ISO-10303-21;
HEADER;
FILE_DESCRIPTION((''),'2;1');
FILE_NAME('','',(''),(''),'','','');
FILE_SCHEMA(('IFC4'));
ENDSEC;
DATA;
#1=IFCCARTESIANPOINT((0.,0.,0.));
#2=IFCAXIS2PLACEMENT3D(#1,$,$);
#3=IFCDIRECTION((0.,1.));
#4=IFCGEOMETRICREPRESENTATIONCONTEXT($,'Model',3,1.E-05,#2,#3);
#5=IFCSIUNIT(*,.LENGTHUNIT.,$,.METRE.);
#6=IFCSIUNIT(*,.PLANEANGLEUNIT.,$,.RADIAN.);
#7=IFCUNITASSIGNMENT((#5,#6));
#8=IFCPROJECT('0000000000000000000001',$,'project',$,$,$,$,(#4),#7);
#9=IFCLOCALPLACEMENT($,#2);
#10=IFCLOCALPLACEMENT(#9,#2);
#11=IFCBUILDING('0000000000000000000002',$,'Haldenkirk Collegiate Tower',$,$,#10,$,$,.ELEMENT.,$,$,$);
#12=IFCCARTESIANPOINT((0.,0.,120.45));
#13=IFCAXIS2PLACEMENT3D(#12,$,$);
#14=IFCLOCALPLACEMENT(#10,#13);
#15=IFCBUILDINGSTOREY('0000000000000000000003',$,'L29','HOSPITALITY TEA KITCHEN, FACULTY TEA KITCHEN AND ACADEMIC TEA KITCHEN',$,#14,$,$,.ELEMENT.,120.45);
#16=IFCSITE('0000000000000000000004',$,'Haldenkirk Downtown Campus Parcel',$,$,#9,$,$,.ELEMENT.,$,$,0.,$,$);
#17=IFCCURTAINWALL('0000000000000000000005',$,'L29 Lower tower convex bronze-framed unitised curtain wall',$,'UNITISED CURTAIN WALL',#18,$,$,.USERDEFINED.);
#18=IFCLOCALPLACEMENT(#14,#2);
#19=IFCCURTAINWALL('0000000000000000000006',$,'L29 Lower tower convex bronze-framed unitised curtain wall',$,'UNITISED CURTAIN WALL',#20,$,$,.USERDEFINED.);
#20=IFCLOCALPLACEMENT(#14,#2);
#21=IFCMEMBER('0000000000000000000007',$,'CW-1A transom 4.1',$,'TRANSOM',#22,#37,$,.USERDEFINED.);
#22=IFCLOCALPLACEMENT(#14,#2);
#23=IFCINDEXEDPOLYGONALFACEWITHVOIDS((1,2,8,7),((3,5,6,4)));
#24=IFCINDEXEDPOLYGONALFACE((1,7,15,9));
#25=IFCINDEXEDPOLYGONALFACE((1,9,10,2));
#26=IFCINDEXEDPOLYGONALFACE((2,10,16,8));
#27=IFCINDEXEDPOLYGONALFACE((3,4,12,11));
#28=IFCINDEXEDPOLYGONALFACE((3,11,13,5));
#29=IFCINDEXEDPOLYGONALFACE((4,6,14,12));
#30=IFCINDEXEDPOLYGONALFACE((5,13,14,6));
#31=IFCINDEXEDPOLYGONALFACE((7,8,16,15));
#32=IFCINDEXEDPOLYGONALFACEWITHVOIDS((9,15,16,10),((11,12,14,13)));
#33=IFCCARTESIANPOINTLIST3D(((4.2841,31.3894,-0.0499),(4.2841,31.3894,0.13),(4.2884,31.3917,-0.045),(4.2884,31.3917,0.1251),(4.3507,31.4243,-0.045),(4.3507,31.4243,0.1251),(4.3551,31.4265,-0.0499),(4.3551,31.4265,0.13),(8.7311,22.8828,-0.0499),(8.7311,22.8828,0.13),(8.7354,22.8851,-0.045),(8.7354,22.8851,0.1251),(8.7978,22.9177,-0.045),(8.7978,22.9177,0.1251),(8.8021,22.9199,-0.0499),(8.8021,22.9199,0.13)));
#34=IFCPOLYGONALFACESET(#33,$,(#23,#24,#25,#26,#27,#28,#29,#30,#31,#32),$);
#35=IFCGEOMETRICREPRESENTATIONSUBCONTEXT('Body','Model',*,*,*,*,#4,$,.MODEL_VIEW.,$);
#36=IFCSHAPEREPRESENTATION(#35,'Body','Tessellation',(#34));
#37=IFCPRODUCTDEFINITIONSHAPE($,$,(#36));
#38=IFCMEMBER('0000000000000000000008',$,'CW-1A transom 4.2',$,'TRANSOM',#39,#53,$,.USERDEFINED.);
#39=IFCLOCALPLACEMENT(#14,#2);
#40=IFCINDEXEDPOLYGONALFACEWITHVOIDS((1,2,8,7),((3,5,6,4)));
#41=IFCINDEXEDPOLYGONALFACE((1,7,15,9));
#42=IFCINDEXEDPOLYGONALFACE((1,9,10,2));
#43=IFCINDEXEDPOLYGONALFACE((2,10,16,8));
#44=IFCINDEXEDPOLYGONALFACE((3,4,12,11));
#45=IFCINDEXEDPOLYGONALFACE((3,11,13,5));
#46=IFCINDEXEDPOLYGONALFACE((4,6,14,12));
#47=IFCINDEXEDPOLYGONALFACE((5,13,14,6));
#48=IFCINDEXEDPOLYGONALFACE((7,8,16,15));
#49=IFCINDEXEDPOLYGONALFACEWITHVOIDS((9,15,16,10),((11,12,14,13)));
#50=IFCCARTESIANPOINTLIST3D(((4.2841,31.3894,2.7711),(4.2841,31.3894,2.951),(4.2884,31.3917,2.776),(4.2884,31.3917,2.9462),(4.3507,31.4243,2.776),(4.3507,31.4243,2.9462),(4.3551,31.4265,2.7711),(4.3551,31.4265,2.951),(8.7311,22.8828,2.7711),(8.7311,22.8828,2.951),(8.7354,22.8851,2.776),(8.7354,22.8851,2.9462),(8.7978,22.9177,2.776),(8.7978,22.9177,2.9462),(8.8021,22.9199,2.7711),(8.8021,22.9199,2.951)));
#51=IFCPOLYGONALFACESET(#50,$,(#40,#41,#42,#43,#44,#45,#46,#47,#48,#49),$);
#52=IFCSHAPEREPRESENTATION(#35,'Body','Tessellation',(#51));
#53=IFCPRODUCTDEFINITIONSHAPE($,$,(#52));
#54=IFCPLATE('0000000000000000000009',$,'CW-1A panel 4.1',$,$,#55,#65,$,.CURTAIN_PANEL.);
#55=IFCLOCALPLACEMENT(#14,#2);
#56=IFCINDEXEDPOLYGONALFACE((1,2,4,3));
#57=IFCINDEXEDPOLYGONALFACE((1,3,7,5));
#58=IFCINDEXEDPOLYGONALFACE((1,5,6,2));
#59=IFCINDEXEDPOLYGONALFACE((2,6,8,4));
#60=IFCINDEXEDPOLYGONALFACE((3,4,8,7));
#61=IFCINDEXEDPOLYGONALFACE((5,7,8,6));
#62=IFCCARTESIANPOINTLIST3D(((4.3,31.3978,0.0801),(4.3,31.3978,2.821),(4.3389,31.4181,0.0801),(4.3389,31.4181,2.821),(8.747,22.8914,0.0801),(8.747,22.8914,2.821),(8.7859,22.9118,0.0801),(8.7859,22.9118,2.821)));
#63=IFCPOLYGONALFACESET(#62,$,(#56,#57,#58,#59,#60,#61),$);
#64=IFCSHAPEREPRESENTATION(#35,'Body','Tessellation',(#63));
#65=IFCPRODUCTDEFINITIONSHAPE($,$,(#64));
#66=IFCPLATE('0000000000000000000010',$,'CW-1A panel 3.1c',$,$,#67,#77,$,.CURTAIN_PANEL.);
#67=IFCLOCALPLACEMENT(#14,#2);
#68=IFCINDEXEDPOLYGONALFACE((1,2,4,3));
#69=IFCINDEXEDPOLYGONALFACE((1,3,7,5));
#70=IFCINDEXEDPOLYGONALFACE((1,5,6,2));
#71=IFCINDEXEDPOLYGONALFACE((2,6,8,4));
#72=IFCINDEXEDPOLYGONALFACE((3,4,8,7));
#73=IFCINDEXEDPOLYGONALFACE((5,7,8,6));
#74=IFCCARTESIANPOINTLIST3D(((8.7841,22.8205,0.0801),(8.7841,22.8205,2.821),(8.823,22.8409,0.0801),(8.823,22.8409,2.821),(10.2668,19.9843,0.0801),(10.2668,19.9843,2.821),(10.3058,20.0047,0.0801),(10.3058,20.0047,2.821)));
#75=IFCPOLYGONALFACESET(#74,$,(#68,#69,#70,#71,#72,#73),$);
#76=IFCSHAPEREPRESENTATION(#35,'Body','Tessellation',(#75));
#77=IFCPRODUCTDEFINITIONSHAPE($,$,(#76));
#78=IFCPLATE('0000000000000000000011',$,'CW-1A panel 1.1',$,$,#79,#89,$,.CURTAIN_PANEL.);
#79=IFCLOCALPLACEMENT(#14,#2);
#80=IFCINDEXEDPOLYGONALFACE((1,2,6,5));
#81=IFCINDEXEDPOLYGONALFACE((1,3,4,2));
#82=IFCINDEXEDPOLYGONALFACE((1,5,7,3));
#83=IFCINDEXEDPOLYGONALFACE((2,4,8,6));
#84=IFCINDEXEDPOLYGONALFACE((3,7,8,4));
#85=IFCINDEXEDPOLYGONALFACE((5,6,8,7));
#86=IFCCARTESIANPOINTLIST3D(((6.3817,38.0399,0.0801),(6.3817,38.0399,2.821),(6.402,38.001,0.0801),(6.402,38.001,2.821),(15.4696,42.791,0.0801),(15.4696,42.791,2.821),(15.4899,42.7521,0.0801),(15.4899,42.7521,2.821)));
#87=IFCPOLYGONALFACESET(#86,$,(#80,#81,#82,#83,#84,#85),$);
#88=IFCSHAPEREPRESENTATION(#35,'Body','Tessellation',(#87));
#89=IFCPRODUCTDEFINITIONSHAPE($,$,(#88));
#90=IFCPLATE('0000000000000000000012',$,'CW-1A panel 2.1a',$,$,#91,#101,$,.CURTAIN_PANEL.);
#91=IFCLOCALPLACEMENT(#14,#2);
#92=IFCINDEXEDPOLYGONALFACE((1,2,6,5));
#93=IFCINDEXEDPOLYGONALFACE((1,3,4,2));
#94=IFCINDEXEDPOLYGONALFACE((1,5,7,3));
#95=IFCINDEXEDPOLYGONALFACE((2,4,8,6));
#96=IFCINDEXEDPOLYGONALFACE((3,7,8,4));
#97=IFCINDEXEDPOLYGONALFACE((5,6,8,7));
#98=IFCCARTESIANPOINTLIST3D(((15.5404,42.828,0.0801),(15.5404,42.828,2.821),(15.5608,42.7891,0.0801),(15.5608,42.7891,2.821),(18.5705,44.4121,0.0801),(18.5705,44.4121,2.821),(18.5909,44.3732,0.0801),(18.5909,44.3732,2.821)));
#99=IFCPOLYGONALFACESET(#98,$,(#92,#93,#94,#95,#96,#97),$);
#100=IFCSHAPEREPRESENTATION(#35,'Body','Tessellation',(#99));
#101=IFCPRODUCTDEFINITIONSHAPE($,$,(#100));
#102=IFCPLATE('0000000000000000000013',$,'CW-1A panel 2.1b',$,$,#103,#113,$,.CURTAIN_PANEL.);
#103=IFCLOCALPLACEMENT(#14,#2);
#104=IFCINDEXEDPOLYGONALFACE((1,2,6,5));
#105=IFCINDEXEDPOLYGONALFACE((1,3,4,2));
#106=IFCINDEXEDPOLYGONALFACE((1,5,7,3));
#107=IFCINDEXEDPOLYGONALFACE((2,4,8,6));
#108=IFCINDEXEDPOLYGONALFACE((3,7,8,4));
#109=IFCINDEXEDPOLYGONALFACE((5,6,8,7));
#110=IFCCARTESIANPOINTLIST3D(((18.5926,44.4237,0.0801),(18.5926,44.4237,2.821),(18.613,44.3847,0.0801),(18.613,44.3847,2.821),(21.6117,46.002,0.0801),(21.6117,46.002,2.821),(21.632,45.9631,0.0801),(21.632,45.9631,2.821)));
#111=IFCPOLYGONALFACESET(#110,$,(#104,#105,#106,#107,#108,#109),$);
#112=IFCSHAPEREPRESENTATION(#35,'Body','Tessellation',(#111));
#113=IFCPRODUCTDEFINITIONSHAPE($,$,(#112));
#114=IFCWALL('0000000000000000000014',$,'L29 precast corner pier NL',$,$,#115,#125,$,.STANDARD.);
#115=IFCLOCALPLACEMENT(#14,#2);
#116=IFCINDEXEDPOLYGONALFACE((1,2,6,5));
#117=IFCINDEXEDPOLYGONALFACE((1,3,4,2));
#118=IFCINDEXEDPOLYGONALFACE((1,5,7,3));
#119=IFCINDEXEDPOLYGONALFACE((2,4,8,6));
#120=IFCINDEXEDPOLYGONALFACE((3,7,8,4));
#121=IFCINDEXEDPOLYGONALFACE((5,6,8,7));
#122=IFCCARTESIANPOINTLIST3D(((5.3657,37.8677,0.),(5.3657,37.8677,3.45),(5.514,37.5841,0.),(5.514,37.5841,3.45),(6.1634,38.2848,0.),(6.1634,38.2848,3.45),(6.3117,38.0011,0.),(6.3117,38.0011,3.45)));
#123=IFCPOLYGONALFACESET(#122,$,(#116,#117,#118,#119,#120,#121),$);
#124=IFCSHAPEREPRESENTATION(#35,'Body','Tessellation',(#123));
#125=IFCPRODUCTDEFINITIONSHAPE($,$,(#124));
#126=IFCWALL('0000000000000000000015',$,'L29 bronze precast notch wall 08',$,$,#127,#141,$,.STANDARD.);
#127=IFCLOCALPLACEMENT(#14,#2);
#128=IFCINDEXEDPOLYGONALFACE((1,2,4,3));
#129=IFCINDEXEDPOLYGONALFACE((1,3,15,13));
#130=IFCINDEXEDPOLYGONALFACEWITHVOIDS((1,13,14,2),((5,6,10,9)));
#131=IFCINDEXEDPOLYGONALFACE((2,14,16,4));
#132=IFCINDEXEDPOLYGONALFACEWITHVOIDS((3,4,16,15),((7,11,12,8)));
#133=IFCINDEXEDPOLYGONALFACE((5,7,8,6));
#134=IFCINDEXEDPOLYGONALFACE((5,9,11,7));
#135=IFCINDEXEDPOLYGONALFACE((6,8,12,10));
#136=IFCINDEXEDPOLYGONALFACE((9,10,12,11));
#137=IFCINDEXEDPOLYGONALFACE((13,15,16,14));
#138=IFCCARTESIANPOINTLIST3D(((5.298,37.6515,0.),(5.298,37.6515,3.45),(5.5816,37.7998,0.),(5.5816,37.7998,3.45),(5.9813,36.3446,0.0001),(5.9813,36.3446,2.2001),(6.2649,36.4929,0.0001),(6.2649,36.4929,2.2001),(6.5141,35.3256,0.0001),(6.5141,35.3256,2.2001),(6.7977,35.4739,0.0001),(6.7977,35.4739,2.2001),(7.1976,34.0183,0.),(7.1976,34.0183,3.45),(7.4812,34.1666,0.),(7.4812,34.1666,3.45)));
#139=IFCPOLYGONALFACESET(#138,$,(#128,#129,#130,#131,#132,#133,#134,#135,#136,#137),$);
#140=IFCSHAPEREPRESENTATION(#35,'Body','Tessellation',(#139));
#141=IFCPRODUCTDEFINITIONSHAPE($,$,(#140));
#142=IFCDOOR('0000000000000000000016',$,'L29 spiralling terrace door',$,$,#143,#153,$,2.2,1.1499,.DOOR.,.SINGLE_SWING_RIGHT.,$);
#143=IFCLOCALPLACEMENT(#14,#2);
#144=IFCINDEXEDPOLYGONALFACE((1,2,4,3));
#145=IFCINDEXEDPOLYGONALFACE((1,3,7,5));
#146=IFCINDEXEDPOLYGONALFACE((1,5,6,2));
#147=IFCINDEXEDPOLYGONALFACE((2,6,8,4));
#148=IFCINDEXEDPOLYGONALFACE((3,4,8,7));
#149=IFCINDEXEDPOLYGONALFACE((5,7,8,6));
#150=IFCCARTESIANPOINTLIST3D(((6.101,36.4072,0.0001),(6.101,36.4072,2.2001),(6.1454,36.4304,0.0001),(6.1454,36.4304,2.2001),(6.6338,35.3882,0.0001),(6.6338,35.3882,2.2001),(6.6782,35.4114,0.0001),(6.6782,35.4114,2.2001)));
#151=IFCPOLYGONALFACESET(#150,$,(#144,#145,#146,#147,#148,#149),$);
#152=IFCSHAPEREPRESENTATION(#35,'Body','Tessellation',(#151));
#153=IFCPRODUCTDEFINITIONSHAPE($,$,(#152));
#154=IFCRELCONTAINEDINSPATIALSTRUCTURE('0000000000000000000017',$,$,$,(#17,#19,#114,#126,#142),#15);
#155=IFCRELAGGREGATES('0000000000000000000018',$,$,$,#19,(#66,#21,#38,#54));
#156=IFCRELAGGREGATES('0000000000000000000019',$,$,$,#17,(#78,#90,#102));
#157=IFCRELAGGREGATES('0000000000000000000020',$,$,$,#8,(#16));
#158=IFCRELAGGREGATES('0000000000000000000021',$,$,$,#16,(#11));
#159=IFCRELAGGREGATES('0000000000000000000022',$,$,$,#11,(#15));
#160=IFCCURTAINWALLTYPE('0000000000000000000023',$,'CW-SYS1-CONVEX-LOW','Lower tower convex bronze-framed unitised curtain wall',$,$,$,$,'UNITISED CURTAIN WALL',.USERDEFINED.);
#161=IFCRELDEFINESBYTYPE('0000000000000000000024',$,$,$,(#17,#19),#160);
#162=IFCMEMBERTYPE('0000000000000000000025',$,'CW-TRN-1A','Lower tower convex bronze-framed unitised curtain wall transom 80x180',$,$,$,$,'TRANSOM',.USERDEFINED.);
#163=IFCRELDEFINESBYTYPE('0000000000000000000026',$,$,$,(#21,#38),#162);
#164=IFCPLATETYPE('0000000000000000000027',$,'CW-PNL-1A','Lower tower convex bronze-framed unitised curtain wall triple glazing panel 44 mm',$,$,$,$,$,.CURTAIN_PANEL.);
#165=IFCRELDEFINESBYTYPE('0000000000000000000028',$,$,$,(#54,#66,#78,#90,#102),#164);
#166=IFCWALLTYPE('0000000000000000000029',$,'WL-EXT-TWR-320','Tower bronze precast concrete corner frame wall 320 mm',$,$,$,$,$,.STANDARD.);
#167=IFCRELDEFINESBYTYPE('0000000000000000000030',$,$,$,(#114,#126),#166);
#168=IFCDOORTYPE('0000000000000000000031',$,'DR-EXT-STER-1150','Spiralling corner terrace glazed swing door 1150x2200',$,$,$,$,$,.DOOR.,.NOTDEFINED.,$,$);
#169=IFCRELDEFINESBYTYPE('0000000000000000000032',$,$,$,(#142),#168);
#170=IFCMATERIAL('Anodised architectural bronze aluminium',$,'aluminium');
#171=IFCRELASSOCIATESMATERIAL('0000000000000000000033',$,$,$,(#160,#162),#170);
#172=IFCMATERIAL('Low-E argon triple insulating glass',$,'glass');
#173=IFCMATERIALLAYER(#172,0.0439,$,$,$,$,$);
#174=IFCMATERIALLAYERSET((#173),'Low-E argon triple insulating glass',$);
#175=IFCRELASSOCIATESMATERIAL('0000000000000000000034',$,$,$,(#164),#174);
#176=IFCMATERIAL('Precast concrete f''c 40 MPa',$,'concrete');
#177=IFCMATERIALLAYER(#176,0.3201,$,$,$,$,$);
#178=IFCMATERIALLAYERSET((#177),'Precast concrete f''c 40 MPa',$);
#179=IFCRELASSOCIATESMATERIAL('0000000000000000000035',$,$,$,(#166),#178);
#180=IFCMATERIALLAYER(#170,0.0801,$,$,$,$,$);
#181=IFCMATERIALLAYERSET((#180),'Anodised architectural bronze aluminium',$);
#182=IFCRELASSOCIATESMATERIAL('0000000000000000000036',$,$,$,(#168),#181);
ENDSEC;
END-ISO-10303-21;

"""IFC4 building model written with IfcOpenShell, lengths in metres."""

from ifc_helpers import new_model, si_unit, direction, frame, frame_2d, origin, origin_2d, place, context, subcontext, project, spatial, rectangle, hollow_rectangle, extrude, source, transform, mapped, material, layer, layer_set, material_profile, profile_set, type_object, element, fill, aggregate, save


model = new_model("IFC4")

# Units and contexts
model_context = context("Model", 3, precision=1e-05, world=origin(), true_north=direction((0.0, 1.0)))
body_context = subcontext(model_context, "Body", "Model", "MODEL_VIEW")
ifc_project = project(units=[si_unit("LENGTHUNIT", "METRE"), si_unit("PLANEANGLEUNIT", "RADIAN")], contexts=[model_context])

# Site, building, storey
site_placement = place(None, origin())
site = spatial("IfcSite", under=ifc_project, at=site_placement, Name="Haldenkirk Downtown Campus Parcel", CompositionType="ELEMENT", RefElevation=0.0)
building_placement = place(site_placement, origin())
building = spatial("IfcBuilding", under=site, at=building_placement, Name="Haldenkirk Collegiate Tower", CompositionType="ELEMENT")
storey_placement = place(building_placement, frame((0.0, 0.0, 120.45)))
storey = spatial("IfcBuildingStorey", under=building, at=storey_placement, Name="L29", Description="HOSPITALITY TEA KITCHEN, FACULTY TEA KITCHEN AND ACADEMIC TEA KITCHEN", CompositionType="ELEMENT", Elevation=120.45)

# Curtain walls
ifc_material_1 = material(Name="Anodised architectural bronze aluminium", Category="aluminium")
curtain_wall_type = type_object("IfcCurtainWallType", Name="CW-SYS1-CONVEX-LOW", Description="Lower tower convex bronze-framed unitised curtain wall", ElementType="UNITISED CURTAIN WALL", PredefinedType="USERDEFINED", material=ifc_material_1)
curtain_wall_1_placement = place(storey_placement, origin())
curtain_wall_1 = element("IfcCurtainWall", 1, at=curtain_wall_1_placement, inside=storey, type_object=curtain_wall_type, Name="L29 Lower tower convex bronze-framed unitised curtain wall", ObjectType="UNITISED CURTAIN WALL", PredefinedType="USERDEFINED")
curtain_wall_2_placement = place(storey_placement, origin())
curtain_wall_2 = element("IfcCurtainWall", 2, at=curtain_wall_2_placement, inside=storey, type_object=curtain_wall_type, Name="L29 Lower tower convex bronze-framed unitised curtain wall", ObjectType="UNITISED CURTAIN WALL", PredefinedType="USERDEFINED")

# Members
ifc_material_profile_1 = material_profile(ifc_material_1, hollow_rectangle(XDim=0.0801, YDim=0.1799, WallThickness=0.0049, at=origin_2d()), Name="CW-TRN-1A")
ifc_profile_set_1 = profile_set([ifc_material_profile_1], Name="Anodised architectural bronze aluminium")
member_type_1 = type_object("IfcMemberType", Name="CW-TRN-1A", Description="Lower tower convex bronze-framed unitised curtain wall transom 80x180", ElementType="TRANSOM", PredefinedType="USERDEFINED", material=ifc_profile_set_1)
member_1_placement = place(storey_placement, frame((8.7666, 22.9014, 0.04), z_axis=(-0.463286, 0.886209, 0.0), x_axis=(-0.886209, -0.463286, 0.0)))
member_1 = element("IfcMember", 3, at=member_1_placement, type_object=member_type_1, Name="CW-1A transom 4.1", ObjectType="TRANSOM", PredefinedType="USERDEFINED", context=body_context, shape_type="SweptSolid", body=[
    extrude(hollow_rectangle(XDim=0.0801, YDim=0.1799, WallThickness=0.0049, at=origin_2d()), origin(), (0.0, 0.0, 1.0), 9.5989),
])
member_2_placement = place(storey_placement, frame((8.7666, 22.9014, 2.8611), z_axis=(-0.463286, 0.886209, 0.0), x_axis=(-0.886209, -0.463286, 0.0)))
member_2 = element("IfcMember", 4, at=member_2_placement, type_object=member_type_1, Name="CW-1A transom 4.2", ObjectType="TRANSOM", PredefinedType="USERDEFINED", context=body_context, shape_type="SweptSolid", body=[
    extrude(hollow_rectangle(XDim=0.0801, YDim=0.1799, WallThickness=0.0049, at=origin_2d()), origin(), (0.0, 0.0, 1.0), 9.5989),
])

# Plates
ifc_material_2 = material(Name="Low-E argon triple insulating glass", Category="glass")
ifc_layer_1 = layer(ifc_material_2, 0.0439)
ifc_layer_set_1 = layer_set([ifc_layer_1], Name="Low-E argon triple insulating glass")
plate_type = type_object("IfcPlateType", Name="CW-PNL-1A", Description="Lower tower convex bronze-framed unitised curtain wall triple glazing panel 44 mm", PredefinedType="CURTAIN_PANEL", material=ifc_layer_set_1)
shared_shape_1 = source(origin(), body_context, "Body", "SweptSolid", [
    extrude(rectangle(XDim=9.5986, YDim=0.0439, at=origin_2d()), origin(), (0.0, 0.0, 1.0), 2.741),
])
plate_1_placement = place(storey_placement, frame((6.543, 27.1548, 0.0801), z_axis=(0.0, 0.0, 1.0), x_axis=(-0.463294, 0.886205, 0.0)))
plate_1 = element("IfcPlate", 5, at=plate_1_placement, type_object=plate_type, Name="CW-1A panel 4.1", PredefinedType="CURTAIN_PANEL", context=body_context, shape_type="MappedRepresentation", body=[
    mapped(shared_shape_1, transform((0.0, 0.0, 0.0), x_axis=(1.0, 0.0, 0.0), y_axis=(0.0, 1.0, 0.0), z_axis=(0.0, 0.0, 1.0), scale=1.0)),
])
shared_shape_2 = source(origin(), body_context, "Body", "SweptSolid", [
    extrude(rectangle(XDim=3.2004, YDim=0.0439, at=origin_2d()), origin(), (0.0, 0.0, 1.0), 2.741),
])
plate_2_placement = place(storey_placement, frame((9.5449, 21.4126, 0.0801), z_axis=(0.0, 0.0, 1.0), x_axis=(-0.463294, 0.886205, 0.0)))
plate_2 = element("IfcPlate", 6, at=plate_2_placement, type_object=plate_type, Name="CW-1A panel 3.1c", PredefinedType="CURTAIN_PANEL", context=body_context, shape_type="MappedRepresentation", body=[
    mapped(shared_shape_2, transform((0.0, 0.0, 0.0), x_axis=(1.0, 0.0, 0.0), y_axis=(0.0, 1.0, 0.0), z_axis=(0.0, 0.0, 1.0), scale=1.0)),
])
aggregate(curtain_wall_2, [plate_2, member_1, member_2, plate_1])
shared_shape_3 = source(origin(), body_context, "Body", "SweptSolid", [
    extrude(rectangle(XDim=10.2549, YDim=0.0439, at=origin_2d()), origin(), (0.0, 0.0, 1.0), 2.741),
])
plate_3_placement = place(storey_placement, frame((10.9358, 40.396, 0.0801), z_axis=(0.0, 0.0, 1.0), x_axis=(0.886203, 0.463297, 0.0)))
plate_3 = element("IfcPlate", 7, at=plate_3_placement, type_object=plate_type, Name="CW-1A panel 1.1", PredefinedType="CURTAIN_PANEL", context=body_context, shape_type="MappedRepresentation", body=[
    mapped(shared_shape_3, transform((0.0, 0.0, 0.0), x_axis=(1.0, 0.0, 0.0), y_axis=(0.0, 1.0, 0.0), z_axis=(0.0, 0.0, 1.0), scale=1.0)),
])
shared_shape_4 = source(origin(), body_context, "Body", "SweptSolid", [
    extrude(rectangle(XDim=3.4192, YDim=0.0439, at=origin_2d()), origin(), (0.0, 0.0, 1.0), 2.741),
])
plate_4_placement = place(storey_placement, frame((17.0657, 43.6006, 0.0801), z_axis=(0.0, 0.0, 1.0), x_axis=(0.886203, 0.463297, 0.0)))
plate_4 = element("IfcPlate", 8, at=plate_4_placement, type_object=plate_type, Name="CW-1A panel 2.1a", PredefinedType="CURTAIN_PANEL", context=body_context, shape_type="MappedRepresentation", body=[
    mapped(shared_shape_4, transform((0.0, 0.0, 0.0), x_axis=(1.0, 0.0, 0.0), y_axis=(0.0, 1.0, 0.0), z_axis=(0.0, 0.0, 1.0), scale=1.0)),
])
shared_shape_5 = source(origin(), body_context, "Body", "SweptSolid", [
    extrude(rectangle(XDim=3.4067, YDim=0.0439, at=origin_2d()), origin(), (0.0, 0.0, 1.0), 2.741),
])
plate_5_placement = place(storey_placement, frame((20.1123, 45.1934, 0.0801), z_axis=(0.0, 0.0, 1.0), x_axis=(0.886203, 0.463297, 0.0)))
plate_5 = element("IfcPlate", 9, at=plate_5_placement, type_object=plate_type, Name="CW-1A panel 2.1b", PredefinedType="CURTAIN_PANEL", context=body_context, shape_type="MappedRepresentation", body=[
    mapped(shared_shape_5, transform((0.0, 0.0, 0.0), x_axis=(1.0, 0.0, 0.0), y_axis=(0.0, 1.0, 0.0), z_axis=(0.0, 0.0, 1.0), scale=1.0)),
])
aggregate(curtain_wall_1, [plate_3, plate_4, plate_5])

# Wall
ifc_material_3 = material(Name="Precast concrete f'c 40 MPa", Category="concrete")
ifc_layer_2 = layer(ifc_material_3, 0.3201)
ifc_layer_set_2 = layer_set([ifc_layer_2], Name="Precast concrete f'c 40 MPa")
wall_type_1 = type_object("IfcWallType", Name="WL-EXT-TWR-320", Description="Tower bronze precast concrete corner frame wall 320 mm", PredefinedType="STANDARD", material=ifc_layer_set_2)
wall_1_placement = place(storey_placement, frame((5.4397, 37.7258, 0.0), z_axis=(0.0, 0.0, 1.0), x_axis=(0.886198, 0.463307, 0.0)))
element("IfcWall", 10, at=wall_1_placement, inside=storey, type_object=wall_type_1, Name="L29 precast corner pier NL", PredefinedType="STANDARD", context=body_context, shape_type="SweptSolid", body=[
    extrude(rectangle(XDim=0.9001, YDim=0.3201, at=frame_2d((0.4502, 0.0))), origin(), (0.0, 0.0, 1.0), 3.45),
])

# Wall, opening, door
wall_2_placement = place(storey_placement, frame((7.3394, 34.0925, 0.0), z_axis=(0.0, 0.0, 1.0), x_axis=(-0.463337, 0.886182, 0.0)))
wall_2 = element("IfcWall", 11, at=wall_2_placement, inside=storey, type_object=wall_type_1, Name="L29 bronze precast notch wall 08", PredefinedType="STANDARD", context=body_context, shape_type="SweptSolid", body=[
    extrude(rectangle(XDim=4.0999, YDim=0.3201, at=frame_2d((2.0498, 0.0))), origin(), (0.0, 0.0, 1.0), 3.45),
])
opening_1_placement = place(wall_2_placement, frame((1.4751, 0.0, 0.0)))
opening_1 = element("IfcOpeningElement", 12, at=opening_1_placement, cuts=wall_2, PredefinedType="OPENING", context=body_context, shape_type="SweptSolid", body=[
    extrude(rectangle(XDim=1.1499, YDim=2.2, at=frame_2d((0.575, 1.1001))), frame((0.0, 0.1699, 0.0), z_axis=(0.0, -1.0, 0.0), x_axis=(1.0, 0.0, 0.0)), (0.0, 0.0, 1.0), 0.3401),
])
ifc_layer_3 = layer(ifc_material_1, 0.0801)
ifc_layer_set_3 = layer_set([ifc_layer_3], Name="Anodised architectural bronze aluminium")
door_type = type_object("IfcDoorType", Name="DR-EXT-STER-1150", Description="Spiralling corner terrace glazed swing door 1150x2200", OperationType="NOTDEFINED", PredefinedType="DOOR", material=ifc_layer_set_3)
door_placement = place(opening_1_placement, origin())
door = element("IfcDoor", 13, at=door_placement, inside=storey, type_object=door_type, Name="L29 spiralling terrace door", OperationType="SINGLE_SWING_RIGHT", OverallHeight=2.2, OverallWidth=1.1499, PredefinedType="DOOR", context=body_context, shape_type="SweptSolid", body=[
    extrude(rectangle(XDim=1.1499, YDim=2.2, at=frame_2d((0.575, 1.1001))), frame((0.0, 0.0249, 0.0), z_axis=(0.0, -1.0, 0.0), x_axis=(1.0, 0.0, 0.0)), (0.0, 0.0, 1.0), 0.05),
])
fill(opening_1, door)

save(model, "model.ifc")
